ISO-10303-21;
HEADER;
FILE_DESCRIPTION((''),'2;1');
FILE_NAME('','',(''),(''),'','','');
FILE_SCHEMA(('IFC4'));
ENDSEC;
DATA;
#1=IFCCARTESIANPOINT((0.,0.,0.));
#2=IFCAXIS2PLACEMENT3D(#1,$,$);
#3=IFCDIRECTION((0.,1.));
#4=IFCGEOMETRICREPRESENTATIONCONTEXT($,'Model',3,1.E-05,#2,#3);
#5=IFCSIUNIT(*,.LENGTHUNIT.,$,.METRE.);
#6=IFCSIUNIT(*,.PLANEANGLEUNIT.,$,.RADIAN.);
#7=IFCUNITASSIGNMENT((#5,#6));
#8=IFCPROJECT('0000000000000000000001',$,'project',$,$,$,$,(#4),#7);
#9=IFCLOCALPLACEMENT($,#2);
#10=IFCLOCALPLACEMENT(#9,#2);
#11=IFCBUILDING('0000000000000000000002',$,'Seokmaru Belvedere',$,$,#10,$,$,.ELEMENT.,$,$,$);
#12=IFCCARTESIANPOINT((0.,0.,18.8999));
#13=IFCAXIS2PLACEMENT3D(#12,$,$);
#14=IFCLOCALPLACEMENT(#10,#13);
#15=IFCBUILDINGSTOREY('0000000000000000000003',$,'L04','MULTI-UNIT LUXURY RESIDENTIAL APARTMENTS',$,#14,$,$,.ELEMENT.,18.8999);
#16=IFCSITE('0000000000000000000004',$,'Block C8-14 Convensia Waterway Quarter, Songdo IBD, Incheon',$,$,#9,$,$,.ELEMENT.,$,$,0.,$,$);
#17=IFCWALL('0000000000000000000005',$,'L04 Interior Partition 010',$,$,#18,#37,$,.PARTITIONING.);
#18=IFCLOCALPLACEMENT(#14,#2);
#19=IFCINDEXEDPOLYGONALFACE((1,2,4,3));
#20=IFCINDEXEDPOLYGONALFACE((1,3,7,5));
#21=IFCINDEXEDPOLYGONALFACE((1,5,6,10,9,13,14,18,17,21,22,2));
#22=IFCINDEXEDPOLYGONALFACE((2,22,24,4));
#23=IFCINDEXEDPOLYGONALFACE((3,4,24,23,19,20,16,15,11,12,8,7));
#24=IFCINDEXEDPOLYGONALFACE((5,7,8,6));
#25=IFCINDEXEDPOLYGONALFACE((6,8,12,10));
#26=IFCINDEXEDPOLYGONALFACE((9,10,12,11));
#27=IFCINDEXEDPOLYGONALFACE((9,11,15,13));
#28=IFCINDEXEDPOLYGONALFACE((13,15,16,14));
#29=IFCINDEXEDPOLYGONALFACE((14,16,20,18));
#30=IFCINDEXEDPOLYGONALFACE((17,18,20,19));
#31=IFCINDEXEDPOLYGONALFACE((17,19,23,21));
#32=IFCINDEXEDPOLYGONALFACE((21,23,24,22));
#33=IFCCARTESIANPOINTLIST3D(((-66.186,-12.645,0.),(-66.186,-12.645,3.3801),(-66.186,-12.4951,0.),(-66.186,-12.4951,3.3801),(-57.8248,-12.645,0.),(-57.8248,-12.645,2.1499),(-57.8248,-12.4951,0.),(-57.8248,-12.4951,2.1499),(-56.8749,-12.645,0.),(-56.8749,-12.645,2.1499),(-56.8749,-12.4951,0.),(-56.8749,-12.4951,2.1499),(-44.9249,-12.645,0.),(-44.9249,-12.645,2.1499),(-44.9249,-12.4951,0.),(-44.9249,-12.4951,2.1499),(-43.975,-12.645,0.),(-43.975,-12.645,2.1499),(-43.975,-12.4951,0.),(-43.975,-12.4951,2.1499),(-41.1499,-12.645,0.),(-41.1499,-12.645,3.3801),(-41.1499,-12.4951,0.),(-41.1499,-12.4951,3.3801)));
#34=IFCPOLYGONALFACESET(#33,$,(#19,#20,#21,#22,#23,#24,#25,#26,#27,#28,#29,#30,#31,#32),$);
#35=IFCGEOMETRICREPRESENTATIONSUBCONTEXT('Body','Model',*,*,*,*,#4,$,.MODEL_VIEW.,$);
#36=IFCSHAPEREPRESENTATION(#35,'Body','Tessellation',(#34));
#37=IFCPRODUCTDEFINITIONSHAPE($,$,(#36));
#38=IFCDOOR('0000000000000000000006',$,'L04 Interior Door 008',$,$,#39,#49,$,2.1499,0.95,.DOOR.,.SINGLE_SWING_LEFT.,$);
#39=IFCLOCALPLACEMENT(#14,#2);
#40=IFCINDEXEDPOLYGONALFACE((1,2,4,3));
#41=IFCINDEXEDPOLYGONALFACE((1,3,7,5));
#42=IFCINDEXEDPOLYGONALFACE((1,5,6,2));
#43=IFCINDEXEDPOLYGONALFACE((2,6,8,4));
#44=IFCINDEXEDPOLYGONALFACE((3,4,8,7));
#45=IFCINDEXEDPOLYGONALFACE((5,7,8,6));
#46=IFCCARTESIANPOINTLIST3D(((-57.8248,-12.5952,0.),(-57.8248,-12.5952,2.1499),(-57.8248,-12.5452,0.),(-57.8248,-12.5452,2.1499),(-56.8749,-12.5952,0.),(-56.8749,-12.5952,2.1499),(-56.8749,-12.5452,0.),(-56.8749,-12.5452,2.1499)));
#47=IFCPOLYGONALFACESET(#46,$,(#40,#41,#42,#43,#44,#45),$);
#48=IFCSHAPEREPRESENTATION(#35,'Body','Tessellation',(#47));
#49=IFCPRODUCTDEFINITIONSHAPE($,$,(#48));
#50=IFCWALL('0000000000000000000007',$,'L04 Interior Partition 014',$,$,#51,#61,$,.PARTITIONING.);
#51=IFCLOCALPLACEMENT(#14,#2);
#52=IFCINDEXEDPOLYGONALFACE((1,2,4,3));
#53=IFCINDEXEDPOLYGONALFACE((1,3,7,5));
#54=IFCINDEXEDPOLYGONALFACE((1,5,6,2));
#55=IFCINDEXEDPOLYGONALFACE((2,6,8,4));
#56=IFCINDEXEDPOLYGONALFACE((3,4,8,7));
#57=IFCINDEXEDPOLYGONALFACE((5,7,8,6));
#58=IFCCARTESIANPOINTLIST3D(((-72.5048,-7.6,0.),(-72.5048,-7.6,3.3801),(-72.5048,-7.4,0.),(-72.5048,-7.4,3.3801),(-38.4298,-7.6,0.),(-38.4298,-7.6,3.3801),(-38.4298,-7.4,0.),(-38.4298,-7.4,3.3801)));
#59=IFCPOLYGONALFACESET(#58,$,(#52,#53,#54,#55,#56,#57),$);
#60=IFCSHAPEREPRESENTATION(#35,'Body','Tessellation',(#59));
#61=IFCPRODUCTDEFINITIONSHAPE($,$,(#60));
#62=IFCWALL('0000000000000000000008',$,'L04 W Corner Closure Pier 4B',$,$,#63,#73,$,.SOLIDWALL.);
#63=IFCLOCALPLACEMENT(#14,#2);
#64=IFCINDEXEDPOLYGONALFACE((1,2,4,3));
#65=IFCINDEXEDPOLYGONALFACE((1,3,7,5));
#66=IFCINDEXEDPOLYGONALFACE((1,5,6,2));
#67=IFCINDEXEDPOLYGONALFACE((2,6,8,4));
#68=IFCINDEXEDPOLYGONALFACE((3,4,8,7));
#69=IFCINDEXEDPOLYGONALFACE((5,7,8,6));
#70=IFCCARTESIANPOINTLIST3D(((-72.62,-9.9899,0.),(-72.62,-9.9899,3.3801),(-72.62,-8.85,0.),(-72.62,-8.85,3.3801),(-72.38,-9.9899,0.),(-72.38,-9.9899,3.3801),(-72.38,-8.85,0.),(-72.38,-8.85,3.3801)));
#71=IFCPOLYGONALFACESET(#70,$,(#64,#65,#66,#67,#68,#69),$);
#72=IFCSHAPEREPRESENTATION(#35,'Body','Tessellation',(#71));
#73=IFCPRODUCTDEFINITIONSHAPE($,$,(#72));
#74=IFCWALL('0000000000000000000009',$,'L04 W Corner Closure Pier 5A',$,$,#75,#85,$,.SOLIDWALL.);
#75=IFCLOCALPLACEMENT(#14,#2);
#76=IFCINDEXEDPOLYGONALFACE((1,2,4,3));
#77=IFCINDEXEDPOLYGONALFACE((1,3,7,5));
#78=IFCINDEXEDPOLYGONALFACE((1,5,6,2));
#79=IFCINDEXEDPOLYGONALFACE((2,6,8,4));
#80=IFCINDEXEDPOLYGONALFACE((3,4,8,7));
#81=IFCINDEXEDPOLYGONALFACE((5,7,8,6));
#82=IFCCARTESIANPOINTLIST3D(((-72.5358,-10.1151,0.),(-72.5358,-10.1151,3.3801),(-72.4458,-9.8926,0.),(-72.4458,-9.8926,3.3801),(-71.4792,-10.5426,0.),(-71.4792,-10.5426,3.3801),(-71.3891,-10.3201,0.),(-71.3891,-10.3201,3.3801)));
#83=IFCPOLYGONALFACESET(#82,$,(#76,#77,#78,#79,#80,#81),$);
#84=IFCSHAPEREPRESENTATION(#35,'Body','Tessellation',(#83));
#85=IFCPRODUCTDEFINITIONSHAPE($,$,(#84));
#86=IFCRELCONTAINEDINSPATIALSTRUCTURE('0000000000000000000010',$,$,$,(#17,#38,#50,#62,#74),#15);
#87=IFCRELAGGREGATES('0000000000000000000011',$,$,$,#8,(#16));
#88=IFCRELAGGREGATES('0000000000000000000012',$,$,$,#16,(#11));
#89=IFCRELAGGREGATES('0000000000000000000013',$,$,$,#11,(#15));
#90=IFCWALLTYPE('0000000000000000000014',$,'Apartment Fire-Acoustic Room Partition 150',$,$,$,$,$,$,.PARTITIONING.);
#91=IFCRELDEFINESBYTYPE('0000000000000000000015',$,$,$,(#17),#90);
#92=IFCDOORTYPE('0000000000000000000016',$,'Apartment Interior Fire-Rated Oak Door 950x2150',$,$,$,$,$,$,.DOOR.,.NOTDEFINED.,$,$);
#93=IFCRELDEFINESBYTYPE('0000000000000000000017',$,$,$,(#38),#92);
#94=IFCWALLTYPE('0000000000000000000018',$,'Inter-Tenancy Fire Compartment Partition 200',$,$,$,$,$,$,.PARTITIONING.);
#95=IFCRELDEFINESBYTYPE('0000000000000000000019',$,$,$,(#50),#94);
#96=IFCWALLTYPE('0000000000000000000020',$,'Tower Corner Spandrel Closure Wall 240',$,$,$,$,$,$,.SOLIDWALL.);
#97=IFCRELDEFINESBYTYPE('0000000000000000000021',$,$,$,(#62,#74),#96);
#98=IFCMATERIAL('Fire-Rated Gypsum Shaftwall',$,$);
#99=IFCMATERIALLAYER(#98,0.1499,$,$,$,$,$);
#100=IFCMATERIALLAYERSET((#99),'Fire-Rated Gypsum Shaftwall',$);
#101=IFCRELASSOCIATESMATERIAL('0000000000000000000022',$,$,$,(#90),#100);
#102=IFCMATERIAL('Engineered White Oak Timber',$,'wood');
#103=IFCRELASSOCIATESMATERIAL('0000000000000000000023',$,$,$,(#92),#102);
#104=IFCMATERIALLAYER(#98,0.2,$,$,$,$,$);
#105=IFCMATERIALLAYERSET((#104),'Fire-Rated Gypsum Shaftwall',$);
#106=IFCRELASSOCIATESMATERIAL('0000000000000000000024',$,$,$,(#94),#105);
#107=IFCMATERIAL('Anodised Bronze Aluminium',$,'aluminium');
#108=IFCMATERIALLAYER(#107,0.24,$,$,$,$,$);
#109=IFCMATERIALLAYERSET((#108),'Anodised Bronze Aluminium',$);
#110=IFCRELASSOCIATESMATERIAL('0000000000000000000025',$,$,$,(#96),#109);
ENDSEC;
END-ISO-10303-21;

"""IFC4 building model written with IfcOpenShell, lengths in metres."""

from ifc_helpers import new_model, si_unit, direction, frame, frame_2d, origin, place, context, subcontext, project, spatial, rectangle, extrude, source, transform, mapped, material, layer, layer_set, type_object, type_shapes, element, fill, save


model = new_model("IFC4")

# Units and contexts
model_context = context("Model", 3, precision=1e-05, world=origin(), true_north=direction((0.0, 1.0)))
body_context = subcontext(model_context, "Body", "Model", "MODEL_VIEW")
ifc_project = project(units=[si_unit("LENGTHUNIT", "METRE"), si_unit("PLANEANGLEUNIT", "RADIAN")], contexts=[model_context])

# Site, building, storey
site_placement = place(None, origin())
site = spatial("IfcSite", under=ifc_project, at=site_placement, Name="Block C8-14 Convensia Waterway Quarter, Songdo IBD, Incheon", CompositionType="ELEMENT", RefElevation=0.0)
building_placement = place(site_placement, origin())
building = spatial("IfcBuilding", under=site, at=building_placement, Name="Seokmaru Belvedere", CompositionType="ELEMENT")
storey_placement = place(building_placement, frame((0.0, 0.0, 18.8999)))
storey = spatial("IfcBuildingStorey", under=building, at=storey_placement, Name="L04", Description="MULTI-UNIT LUXURY RESIDENTIAL APARTMENTS", CompositionType="ELEMENT", Elevation=18.8999)

# Shared definitions
ifc_material_1 = material(Name="Anodised Bronze Aluminium", Category="aluminium")

# Wall, openings, door
ifc_material_2 = material(Name="Fire-Rated Gypsum Shaftwall")
ifc_layer_1 = layer(ifc_material_2, 0.1499)
ifc_layer_set_1 = layer_set([ifc_layer_1], Name="Fire-Rated Gypsum Shaftwall")
wall_type_1 = type_object("IfcWallType", Name="Apartment Fire-Acoustic Room Partition 150", PredefinedType="PARTITIONING", material=ifc_layer_set_1)
wall_1_placement = place(storey_placement, frame((-66.186, -12.5701, 0.0), z_axis=(0.0, 0.0, 1.0), x_axis=(1.0, 0.0, 0.0)))
wall_1 = element("IfcWall", 1, at=wall_1_placement, inside=storey, type_object=wall_type_1, Name="L04 Interior Partition 010", PredefinedType="PARTITIONING", context=body_context, shape_type="SweptSolid", body=[
    extrude(rectangle(XDim=25.0361, YDim=0.1499, at=frame_2d((12.5181, 0.0))), origin(), (0.0, 0.0, 1.0), 3.3801),
])
opening_1_placement = place(wall_1_placement, frame((21.261, 0.0, 0.0)))
element("IfcOpeningElement", 2, at=opening_1_placement, cuts=wall_1, PredefinedType="OPENING", context=body_context, shape_type="SweptSolid", body=[
    extrude(rectangle(XDim=0.95, YDim=2.1499, at=frame_2d((0.4751, 1.075))), frame((0.0, 0.085, 0.0), z_axis=(0.0, -1.0, 0.0), x_axis=(1.0, 0.0, 0.0)), (0.0, 0.0, 1.0), 0.1699),
])
opening_2_placement = place(wall_1_placement, frame((8.3611, 0.0, 0.0)))
opening_2 = element("IfcOpeningElement", 3, at=opening_2_placement, cuts=wall_1, PredefinedType="OPENING", context=body_context, shape_type="SweptSolid", body=[
    extrude(rectangle(XDim=0.95, YDim=2.1499, at=frame_2d((0.4751, 1.075))), frame((0.0, 0.085, 0.0), z_axis=(0.0, -1.0, 0.0), x_axis=(1.0, 0.0, 0.0)), (0.0, 0.0, 1.0), 0.1699),
])
ifc_material_3 = material(Name="Engineered White Oak Timber", Category="wood")
door_type = type_object("IfcDoorType", Name="Apartment Interior Fire-Rated Oak Door 950x2150", OperationType="NOTDEFINED", PredefinedType="DOOR", material=ifc_material_3)
shared_shape_1 = source(origin(), body_context, "Body", "SweptSolid", [
    extrude(rectangle(XDim=0.95, YDim=2.1499, at=frame_2d((0.4751, 1.075))), frame((0.0, 0.0249, 0.0), z_axis=(0.0, -1.0, 0.0), x_axis=(1.0, 0.0, 0.0)), (0.0, 0.0, 1.0), 0.05),
])
type_shapes(door_type, [shared_shape_1])
door_placement = place(opening_2_placement, origin())
door = element("IfcDoor", 4, at=door_placement, inside=storey, type_object=door_type, Name="L04 Interior Door 008", OperationType="SINGLE_SWING_LEFT", OverallHeight=2.1499, OverallWidth=0.95, PredefinedType="DOOR", context=body_context, shape_type="MappedRepresentation", body=[
    mapped(shared_shape_1, transform((0.0, 0.0, 0.0), scale=1.0)),
])
fill(opening_2, door)

# Walls
ifc_layer_2 = layer(ifc_material_2, 0.2)
ifc_layer_set_2 = layer_set([ifc_layer_2], Name="Fire-Rated Gypsum Shaftwall")
wall_type_2 = type_object("IfcWallType", Name="Inter-Tenancy Fire Compartment Partition 200", PredefinedType="PARTITIONING", material=ifc_layer_set_2)
wall_2_placement = place(storey_placement, frame((-72.5049, -7.5, 0.0), z_axis=(0.0, 0.0, 1.0), x_axis=(1.0, 0.0, 0.0)))
element("IfcWall", 5, at=wall_2_placement, inside=storey, type_object=wall_type_2, Name="L04 Interior Partition 014", PredefinedType="PARTITIONING", context=body_context, shape_type="SweptSolid", body=[
    extrude(rectangle(XDim=34.075, YDim=0.2, at=frame_2d((17.0376, 0.0))), origin(), (0.0, 0.0, 1.0), 3.3801),
])
ifc_layer_3 = layer(ifc_material_1, 0.24)
ifc_layer_set_3 = layer_set([ifc_layer_3], Name="Anodised Bronze Aluminium")
wall_type_3 = type_object("IfcWallType", Name="Tower Corner Spandrel Closure Wall 240", PredefinedType="SOLIDWALL", material=ifc_layer_set_3)
for number, where, z_axis, x_axis, name in (
    (6, (-72.5, -8.8501, 0.0), (0.0, 0.0, 1.0), (0.0, -1.0, 0.0), "L04 W Corner Closure Pier 4B"),
    (7, (-72.4907, -10.0039, 0.0), (0.0, 0.0, 1.0), (0.927007, -0.375044, 0.0), "L04 W Corner Closure Pier 5A"),
):
    element("IfcWall", number, at=place(storey_placement, frame(where, z_axis=z_axis, x_axis=x_axis)), inside=storey, type_object=wall_type_3, Name=name, PredefinedType="SOLIDWALL", context=body_context, shape_type="SweptSolid", body=[
        extrude(rectangle(XDim=1.1399, YDim=0.24, at=frame_2d((0.5698, 0.0))), origin(), (0.0, 0.0, 1.0), 3.3801),
    ])

save(model, "model.ifc")
